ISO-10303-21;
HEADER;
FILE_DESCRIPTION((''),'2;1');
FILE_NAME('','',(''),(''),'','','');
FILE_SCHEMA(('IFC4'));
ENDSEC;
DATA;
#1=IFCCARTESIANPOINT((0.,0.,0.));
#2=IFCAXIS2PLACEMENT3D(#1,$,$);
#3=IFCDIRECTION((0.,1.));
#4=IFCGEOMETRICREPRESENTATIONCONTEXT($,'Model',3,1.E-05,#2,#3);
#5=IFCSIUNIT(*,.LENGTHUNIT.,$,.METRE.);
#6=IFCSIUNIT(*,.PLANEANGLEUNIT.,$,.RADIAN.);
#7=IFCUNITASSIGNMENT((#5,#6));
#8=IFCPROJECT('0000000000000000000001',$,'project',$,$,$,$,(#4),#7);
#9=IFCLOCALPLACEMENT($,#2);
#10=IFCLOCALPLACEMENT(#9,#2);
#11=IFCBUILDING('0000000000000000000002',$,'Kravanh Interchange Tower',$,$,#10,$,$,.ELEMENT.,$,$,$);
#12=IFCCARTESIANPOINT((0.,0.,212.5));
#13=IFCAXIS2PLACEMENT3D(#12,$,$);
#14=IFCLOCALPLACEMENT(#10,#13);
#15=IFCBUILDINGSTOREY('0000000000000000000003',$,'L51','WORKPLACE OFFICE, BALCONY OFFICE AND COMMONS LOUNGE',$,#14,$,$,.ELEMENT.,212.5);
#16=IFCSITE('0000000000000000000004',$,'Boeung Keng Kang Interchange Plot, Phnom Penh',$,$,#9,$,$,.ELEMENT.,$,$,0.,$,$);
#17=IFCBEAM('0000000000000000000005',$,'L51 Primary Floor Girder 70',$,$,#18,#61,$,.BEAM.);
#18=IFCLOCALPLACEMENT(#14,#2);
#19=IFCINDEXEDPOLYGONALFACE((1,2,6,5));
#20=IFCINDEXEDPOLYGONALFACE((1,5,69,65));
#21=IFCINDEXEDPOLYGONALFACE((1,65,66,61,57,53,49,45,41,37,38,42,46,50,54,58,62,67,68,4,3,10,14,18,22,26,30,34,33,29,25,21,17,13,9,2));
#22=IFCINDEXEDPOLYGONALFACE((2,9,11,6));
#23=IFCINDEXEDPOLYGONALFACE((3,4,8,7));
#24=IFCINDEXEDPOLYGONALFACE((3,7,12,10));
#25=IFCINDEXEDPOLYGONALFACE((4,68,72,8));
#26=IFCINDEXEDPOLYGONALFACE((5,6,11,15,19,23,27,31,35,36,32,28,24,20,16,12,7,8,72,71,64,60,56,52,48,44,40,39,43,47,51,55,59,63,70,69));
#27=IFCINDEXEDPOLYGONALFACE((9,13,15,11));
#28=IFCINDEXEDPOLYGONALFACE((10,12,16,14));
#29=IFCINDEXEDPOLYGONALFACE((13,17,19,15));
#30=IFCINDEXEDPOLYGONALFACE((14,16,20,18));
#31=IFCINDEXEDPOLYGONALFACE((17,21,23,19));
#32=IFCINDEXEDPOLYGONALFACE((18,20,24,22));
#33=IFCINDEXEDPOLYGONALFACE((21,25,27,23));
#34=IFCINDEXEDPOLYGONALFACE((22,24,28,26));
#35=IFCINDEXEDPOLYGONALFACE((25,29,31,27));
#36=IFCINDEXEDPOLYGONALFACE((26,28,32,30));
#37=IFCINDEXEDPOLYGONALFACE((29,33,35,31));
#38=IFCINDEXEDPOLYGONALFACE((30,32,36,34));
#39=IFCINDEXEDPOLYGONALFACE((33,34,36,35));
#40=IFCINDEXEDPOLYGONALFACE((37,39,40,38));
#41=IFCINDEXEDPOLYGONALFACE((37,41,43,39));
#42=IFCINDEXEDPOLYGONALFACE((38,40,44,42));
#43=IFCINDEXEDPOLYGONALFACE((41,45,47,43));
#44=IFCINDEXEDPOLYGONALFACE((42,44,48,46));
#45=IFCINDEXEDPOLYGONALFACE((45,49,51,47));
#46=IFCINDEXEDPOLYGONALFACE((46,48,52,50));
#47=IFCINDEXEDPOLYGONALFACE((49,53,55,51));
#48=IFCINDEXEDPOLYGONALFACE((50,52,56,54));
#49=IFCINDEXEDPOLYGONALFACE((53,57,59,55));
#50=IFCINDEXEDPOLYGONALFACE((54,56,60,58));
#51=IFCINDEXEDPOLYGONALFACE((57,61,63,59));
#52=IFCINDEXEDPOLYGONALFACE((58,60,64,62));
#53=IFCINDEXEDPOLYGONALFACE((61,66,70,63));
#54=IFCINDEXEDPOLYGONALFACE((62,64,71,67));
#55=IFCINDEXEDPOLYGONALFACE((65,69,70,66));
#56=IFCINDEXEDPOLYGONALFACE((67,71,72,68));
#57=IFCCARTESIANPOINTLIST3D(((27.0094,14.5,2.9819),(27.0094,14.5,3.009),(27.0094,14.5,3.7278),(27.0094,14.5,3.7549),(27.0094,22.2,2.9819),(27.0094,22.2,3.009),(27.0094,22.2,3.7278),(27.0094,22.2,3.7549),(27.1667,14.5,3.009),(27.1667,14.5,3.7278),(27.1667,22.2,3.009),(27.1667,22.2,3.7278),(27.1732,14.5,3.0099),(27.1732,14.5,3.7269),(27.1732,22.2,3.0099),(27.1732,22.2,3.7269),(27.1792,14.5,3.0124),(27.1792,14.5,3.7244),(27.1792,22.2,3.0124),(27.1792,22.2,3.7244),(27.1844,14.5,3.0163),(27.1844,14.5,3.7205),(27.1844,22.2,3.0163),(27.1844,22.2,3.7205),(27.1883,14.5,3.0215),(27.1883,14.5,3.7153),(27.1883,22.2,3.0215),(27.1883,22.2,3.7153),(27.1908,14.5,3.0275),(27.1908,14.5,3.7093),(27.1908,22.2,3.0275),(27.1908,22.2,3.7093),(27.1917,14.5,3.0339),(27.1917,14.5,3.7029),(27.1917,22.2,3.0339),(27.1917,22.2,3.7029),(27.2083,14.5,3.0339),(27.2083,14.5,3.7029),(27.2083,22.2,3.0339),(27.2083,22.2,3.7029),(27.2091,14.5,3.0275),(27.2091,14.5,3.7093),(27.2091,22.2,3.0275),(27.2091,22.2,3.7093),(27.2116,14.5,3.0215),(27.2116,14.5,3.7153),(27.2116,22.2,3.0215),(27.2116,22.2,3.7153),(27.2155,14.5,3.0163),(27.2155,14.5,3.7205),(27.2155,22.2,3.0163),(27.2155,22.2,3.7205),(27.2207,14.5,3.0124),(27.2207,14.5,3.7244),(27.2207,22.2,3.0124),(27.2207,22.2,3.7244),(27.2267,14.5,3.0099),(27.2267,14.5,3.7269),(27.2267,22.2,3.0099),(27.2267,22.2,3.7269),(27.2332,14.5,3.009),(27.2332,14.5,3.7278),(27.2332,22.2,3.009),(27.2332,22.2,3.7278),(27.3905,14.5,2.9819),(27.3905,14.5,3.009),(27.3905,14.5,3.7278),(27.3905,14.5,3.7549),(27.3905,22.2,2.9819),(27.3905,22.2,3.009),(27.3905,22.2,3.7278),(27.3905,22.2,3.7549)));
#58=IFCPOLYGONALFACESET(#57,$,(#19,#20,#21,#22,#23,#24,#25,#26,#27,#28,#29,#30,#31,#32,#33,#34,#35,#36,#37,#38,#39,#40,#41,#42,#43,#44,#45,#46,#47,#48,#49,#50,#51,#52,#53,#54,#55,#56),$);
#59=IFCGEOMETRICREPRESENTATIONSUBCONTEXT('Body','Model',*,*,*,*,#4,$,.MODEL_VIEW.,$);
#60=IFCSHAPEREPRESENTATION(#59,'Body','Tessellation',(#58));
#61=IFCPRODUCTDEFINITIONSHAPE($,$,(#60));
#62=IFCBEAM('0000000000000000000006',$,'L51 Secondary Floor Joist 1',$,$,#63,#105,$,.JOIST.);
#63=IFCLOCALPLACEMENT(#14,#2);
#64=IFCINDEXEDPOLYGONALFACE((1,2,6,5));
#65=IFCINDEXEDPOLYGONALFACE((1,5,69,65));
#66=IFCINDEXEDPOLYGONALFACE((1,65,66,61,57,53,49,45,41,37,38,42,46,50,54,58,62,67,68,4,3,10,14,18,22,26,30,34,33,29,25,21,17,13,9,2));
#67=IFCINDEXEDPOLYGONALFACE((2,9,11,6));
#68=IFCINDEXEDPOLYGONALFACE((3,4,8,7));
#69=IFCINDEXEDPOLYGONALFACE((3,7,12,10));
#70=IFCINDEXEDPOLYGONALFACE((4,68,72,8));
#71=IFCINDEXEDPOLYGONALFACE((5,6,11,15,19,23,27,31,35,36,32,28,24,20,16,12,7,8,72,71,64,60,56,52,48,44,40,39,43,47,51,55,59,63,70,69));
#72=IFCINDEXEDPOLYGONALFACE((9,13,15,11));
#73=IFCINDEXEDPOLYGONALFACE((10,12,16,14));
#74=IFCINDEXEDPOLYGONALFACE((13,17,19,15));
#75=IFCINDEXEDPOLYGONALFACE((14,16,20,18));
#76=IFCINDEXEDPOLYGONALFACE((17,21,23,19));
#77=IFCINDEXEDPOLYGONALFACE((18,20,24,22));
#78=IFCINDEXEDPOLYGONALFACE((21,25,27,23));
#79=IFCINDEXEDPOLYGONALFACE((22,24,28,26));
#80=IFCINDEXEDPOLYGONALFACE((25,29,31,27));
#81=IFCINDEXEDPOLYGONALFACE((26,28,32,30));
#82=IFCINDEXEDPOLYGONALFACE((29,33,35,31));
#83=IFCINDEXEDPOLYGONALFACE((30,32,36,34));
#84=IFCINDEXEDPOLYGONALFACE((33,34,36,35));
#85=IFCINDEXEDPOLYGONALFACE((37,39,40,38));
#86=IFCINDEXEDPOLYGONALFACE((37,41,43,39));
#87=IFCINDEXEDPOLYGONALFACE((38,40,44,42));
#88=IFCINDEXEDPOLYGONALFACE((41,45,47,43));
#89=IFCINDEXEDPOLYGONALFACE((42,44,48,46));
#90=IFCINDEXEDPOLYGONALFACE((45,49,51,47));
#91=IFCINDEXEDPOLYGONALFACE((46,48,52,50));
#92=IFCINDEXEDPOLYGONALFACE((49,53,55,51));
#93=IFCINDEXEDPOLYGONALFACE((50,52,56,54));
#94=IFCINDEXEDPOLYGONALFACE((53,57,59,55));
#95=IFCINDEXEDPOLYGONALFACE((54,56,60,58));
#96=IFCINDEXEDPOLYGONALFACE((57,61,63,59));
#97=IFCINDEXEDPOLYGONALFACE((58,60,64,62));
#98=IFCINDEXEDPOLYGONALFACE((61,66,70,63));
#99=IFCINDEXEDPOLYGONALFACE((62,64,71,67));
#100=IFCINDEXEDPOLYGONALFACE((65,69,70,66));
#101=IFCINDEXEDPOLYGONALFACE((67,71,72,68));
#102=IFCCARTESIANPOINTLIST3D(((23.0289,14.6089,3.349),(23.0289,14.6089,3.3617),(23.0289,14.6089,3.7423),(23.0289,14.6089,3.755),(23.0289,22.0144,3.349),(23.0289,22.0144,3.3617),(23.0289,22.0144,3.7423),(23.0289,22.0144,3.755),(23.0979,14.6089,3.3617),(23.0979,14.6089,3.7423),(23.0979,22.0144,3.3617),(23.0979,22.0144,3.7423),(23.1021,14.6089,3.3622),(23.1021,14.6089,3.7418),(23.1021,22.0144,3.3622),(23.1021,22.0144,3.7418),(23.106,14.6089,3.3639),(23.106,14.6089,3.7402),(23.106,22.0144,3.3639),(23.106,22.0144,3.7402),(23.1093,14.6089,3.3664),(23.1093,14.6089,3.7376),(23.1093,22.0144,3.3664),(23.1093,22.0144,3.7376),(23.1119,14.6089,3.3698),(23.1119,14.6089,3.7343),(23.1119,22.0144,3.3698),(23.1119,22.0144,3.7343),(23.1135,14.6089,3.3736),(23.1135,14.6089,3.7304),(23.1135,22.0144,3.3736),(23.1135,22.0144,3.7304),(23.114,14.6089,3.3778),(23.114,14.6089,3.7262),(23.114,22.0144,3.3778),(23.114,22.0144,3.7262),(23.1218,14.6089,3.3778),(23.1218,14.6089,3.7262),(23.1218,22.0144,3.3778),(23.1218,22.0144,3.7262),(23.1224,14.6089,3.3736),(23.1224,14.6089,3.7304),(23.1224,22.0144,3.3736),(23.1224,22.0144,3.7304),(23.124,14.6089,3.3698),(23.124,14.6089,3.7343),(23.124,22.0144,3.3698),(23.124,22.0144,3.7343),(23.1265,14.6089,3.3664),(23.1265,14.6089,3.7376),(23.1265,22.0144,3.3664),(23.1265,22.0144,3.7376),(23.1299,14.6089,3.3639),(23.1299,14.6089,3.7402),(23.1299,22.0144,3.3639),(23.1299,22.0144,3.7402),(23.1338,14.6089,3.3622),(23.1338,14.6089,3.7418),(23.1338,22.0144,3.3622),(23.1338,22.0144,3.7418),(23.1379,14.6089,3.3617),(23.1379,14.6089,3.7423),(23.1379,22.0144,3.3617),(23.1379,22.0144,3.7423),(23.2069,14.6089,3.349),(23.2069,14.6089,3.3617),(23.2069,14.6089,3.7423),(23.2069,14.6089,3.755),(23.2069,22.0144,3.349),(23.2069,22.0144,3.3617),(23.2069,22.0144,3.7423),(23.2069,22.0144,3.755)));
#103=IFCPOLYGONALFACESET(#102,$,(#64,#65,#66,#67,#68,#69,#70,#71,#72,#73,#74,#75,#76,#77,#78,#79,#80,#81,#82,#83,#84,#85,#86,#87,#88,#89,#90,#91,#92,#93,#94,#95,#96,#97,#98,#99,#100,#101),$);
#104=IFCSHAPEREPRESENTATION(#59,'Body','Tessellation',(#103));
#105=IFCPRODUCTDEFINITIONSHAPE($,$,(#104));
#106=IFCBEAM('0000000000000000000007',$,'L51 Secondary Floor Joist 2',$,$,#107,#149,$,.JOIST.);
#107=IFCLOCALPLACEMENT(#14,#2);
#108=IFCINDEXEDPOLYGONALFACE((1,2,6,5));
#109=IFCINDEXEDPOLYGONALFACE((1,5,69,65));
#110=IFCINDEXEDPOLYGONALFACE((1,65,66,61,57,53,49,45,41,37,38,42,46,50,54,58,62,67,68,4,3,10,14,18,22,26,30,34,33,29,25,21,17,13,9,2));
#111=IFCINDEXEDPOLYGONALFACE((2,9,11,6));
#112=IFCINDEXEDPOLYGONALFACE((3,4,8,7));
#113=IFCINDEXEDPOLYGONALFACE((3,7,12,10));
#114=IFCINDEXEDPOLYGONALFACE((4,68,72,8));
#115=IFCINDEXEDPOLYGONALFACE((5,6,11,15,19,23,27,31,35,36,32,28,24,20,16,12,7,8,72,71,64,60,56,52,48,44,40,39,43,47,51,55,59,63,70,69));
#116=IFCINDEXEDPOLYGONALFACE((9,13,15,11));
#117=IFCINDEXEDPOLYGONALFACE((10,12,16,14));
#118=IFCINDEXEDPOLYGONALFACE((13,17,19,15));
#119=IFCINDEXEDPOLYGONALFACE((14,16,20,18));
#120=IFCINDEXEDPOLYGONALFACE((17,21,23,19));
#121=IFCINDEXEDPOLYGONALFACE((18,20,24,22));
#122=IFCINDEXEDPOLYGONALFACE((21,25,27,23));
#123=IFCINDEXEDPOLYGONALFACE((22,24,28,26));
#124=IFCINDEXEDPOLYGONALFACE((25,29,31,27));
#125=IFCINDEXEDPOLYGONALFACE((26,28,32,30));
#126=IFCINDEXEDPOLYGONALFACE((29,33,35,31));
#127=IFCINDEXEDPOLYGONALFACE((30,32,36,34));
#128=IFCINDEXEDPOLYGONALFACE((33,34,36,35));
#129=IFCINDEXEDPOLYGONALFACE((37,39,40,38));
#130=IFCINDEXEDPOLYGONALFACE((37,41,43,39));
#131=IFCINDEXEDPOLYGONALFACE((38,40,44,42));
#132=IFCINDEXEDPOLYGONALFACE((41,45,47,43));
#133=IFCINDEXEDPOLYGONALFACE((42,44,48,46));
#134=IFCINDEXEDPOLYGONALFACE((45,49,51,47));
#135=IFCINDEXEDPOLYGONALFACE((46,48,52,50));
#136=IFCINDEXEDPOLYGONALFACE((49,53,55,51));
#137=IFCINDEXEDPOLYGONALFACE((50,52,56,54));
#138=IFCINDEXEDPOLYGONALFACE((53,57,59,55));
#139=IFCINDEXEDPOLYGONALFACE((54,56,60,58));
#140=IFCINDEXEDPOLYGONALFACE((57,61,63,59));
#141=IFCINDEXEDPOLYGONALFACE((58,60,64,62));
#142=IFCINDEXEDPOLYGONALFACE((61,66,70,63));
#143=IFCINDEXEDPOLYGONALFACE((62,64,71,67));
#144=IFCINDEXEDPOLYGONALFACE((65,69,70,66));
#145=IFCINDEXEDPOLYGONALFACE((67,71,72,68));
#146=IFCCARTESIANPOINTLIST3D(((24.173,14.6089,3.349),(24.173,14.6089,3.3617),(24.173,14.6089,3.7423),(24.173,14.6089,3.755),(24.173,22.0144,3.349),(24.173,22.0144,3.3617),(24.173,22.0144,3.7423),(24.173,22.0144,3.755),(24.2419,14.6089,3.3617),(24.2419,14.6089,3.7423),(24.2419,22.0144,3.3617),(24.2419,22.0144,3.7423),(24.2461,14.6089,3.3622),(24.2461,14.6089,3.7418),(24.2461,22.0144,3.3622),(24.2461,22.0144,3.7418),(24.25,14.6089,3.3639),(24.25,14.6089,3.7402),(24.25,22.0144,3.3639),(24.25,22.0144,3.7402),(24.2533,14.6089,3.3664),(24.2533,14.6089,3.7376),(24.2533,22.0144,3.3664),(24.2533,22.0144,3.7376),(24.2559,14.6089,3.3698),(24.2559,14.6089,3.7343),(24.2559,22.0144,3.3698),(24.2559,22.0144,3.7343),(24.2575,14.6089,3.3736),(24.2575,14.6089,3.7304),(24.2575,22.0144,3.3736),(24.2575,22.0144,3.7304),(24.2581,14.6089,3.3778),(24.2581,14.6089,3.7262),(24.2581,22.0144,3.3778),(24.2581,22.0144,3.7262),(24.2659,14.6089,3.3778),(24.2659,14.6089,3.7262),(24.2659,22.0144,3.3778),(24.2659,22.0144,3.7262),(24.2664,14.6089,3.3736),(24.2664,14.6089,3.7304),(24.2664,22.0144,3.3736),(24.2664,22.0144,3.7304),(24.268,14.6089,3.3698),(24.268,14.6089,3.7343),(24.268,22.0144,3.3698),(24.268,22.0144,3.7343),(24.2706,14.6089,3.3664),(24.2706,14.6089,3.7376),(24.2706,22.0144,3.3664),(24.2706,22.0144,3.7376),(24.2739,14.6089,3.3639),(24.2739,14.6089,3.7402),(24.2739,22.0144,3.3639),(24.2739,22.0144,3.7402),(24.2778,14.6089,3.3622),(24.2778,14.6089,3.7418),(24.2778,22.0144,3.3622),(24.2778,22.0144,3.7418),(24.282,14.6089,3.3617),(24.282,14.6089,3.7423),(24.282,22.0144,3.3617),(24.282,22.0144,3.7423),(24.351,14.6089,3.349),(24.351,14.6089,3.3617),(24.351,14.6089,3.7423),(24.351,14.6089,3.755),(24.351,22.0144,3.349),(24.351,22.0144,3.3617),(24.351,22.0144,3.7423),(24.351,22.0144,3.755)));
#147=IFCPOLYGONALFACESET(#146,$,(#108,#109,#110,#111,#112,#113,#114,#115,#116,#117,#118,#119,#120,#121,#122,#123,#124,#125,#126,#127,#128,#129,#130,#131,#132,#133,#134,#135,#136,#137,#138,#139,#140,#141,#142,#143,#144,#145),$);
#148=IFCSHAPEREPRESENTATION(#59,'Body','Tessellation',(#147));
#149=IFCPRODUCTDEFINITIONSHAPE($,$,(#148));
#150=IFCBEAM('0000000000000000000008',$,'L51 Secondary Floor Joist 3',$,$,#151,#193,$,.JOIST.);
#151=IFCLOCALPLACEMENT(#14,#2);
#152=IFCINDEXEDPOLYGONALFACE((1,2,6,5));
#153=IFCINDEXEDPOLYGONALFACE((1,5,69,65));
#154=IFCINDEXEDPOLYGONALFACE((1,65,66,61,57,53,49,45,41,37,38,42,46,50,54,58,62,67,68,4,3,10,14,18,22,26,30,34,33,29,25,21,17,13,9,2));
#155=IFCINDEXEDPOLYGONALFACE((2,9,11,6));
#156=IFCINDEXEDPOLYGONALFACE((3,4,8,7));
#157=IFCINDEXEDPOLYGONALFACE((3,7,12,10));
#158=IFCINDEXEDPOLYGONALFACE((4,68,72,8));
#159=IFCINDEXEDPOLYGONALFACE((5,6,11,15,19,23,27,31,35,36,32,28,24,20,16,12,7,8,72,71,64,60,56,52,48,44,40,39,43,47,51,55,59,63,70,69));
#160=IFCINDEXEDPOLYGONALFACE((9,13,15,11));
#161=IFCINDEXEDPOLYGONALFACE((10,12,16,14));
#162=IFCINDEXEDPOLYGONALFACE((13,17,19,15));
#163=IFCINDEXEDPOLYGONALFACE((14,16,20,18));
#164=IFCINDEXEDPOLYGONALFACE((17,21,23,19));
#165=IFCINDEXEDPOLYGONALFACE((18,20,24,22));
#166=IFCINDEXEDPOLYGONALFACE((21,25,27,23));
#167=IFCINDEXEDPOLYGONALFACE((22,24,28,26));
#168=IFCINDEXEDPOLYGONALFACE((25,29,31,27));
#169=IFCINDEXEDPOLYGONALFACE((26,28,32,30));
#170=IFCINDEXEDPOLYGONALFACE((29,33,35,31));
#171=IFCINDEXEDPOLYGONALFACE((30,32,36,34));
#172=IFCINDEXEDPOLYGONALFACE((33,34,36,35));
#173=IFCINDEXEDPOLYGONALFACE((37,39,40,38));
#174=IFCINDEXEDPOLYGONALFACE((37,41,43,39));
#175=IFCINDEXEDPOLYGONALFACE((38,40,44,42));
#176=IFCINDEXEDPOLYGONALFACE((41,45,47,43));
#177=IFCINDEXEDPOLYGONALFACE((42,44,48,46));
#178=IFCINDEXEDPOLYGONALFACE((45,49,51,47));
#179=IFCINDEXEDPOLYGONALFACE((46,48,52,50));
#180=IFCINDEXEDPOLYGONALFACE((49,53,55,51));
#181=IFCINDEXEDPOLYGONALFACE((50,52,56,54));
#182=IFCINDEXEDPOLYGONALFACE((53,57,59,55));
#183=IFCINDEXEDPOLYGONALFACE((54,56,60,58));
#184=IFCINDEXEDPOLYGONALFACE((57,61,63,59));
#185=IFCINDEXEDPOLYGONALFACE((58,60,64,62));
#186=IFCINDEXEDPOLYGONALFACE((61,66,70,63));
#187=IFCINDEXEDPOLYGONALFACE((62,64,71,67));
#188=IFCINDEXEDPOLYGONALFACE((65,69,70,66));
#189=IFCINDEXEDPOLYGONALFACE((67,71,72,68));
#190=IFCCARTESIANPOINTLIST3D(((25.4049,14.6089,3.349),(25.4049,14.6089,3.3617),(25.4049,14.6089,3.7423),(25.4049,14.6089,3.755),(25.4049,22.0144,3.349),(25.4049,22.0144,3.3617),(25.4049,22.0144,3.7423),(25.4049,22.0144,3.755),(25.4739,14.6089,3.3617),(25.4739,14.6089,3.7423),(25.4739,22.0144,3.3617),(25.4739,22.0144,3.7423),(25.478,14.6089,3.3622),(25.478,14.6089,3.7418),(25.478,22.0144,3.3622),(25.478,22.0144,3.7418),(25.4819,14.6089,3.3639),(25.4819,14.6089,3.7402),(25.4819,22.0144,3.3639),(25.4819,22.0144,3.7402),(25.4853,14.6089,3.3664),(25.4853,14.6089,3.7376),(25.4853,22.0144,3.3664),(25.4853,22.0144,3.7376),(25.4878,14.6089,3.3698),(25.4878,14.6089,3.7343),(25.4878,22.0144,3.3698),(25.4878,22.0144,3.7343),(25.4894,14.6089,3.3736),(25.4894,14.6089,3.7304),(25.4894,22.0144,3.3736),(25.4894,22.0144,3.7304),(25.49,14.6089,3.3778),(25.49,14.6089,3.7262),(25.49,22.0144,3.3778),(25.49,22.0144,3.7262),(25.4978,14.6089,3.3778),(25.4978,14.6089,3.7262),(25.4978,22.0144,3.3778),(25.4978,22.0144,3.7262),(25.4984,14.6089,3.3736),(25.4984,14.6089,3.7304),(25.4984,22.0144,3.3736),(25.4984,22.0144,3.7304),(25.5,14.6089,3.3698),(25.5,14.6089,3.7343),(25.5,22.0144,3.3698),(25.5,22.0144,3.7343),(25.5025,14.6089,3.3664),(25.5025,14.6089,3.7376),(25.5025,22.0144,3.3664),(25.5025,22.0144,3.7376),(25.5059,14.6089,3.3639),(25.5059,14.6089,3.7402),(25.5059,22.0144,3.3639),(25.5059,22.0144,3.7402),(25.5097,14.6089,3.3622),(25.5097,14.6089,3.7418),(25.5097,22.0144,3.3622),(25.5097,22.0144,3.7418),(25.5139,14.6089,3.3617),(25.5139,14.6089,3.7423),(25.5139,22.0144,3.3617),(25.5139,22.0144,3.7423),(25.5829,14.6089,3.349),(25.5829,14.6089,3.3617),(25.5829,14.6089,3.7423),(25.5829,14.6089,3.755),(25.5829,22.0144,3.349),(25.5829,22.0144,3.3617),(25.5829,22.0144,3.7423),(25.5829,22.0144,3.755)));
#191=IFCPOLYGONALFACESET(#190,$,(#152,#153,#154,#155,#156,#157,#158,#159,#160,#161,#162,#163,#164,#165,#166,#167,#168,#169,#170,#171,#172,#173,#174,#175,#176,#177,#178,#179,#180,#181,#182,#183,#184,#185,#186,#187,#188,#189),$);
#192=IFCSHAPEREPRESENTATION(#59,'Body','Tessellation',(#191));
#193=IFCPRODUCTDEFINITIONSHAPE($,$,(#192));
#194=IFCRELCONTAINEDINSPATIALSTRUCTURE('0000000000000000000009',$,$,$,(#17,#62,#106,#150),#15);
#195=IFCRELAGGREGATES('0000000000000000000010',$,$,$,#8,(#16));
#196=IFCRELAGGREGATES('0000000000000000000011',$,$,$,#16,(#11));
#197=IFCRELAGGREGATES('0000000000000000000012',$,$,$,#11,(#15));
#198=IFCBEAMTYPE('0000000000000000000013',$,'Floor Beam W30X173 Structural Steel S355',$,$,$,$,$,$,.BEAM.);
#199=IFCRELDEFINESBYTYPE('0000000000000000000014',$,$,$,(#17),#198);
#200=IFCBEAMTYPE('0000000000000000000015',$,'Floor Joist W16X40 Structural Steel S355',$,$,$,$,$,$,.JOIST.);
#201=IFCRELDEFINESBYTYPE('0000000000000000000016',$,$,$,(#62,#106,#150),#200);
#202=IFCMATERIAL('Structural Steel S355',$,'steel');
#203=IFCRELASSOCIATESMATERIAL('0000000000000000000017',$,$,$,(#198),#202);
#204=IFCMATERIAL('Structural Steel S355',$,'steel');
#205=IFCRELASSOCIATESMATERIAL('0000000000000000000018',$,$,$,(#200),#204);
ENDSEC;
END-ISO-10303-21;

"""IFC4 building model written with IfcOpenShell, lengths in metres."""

from ifc_helpers import new_model, si_unit, direction, frame, origin, origin_2d, place, context, subcontext, project, spatial, i_section, extrude, material, material_profile, profile_set, type_object, element, save


model = new_model("IFC4")

# Units and contexts
model_context = context("Model", 3, precision=1e-05, world=origin(), true_north=direction((0.0, 1.0)))
body_context = subcontext(model_context, "Body", "Model", "MODEL_VIEW")
ifc_project = project(units=[si_unit("LENGTHUNIT", "METRE"), si_unit("PLANEANGLEUNIT", "RADIAN")], contexts=[model_context])

# Site, building, storey
site_placement = place(None, origin())
site = spatial("IfcSite", under=ifc_project, at=site_placement, Name="Boeung Keng Kang Interchange Plot, Phnom Penh", CompositionType="ELEMENT", RefElevation=0.0)
building_placement = place(site_placement, origin())
building = spatial("IfcBuilding", under=site, at=building_placement, Name="Kravanh Interchange Tower", CompositionType="ELEMENT")
storey_placement = place(building_placement, frame((0.0, 0.0, 212.5)))
storey = spatial("IfcBuildingStorey", under=building, at=storey_placement, Name="L51", Description="WORKPLACE OFFICE, BALCONY OFFICE AND COMMONS LOUNGE", CompositionType="ELEMENT", Elevation=212.5)

# Beams
ifc_material_1 = material(Name="Structural Steel S355", Category="steel")
ifc_material_profile_1 = material_profile(ifc_material_1, i_section(OverallWidth=0.3811, OverallDepth=0.7729, WebThickness=0.0166, FlangeThickness=0.0271, FilletRadius=0.0249, at=origin_2d()), Name="W30X173")
ifc_profile_set_1 = profile_set([ifc_material_profile_1], Name="Structural Steel S355")
beam_type_1 = type_object("IfcBeamType", Name="Floor Beam W30X173 Structural Steel S355", PredefinedType="BEAM", material=ifc_profile_set_1)
beam_1_placement = place(storey_placement, frame((27.2, 14.5, 3.3684), z_axis=(0.0, 1.0, 0.0), x_axis=(-1.0, 0.0, 0.0)))
element("IfcBeam", 1, at=beam_1_placement, inside=storey, type_object=beam_type_1, Name="L51 Primary Floor Girder 70", PredefinedType="BEAM", context=body_context, shape_type="SweptSolid", body=[
    extrude(i_section(OverallWidth=0.3811, OverallDepth=0.7729, WebThickness=0.0166, FlangeThickness=0.0271, FilletRadius=0.0249, at=origin_2d()), origin(), (0.0, 0.0, 1.0), 7.7),
])
ifc_material_2 = material(Name="Structural Steel S355", Category="steel")
ifc_material_profile_2 = material_profile(ifc_material_2, i_section(OverallWidth=0.178, OverallDepth=0.406, WebThickness=0.0078, FlangeThickness=0.0127, FilletRadius=0.0161, at=origin_2d()), Name="W16X40")
ifc_profile_set_2 = profile_set([ifc_material_profile_2], Name="Structural Steel S355")
beam_type_2 = type_object("IfcBeamType", Name="Floor Joist W16X40 Structural Steel S355", PredefinedType="JOIST", material=ifc_profile_set_2)
for number, where, z_axis, x_axis, name in (
    (2, (23.1179, 14.6089, 3.552), (0.0, 1.0, 0.0), (-1.0, 0.0, 0.0), "L51 Secondary Floor Joist 1"),
    (3, (24.262, 14.6089, 3.552), (0.0, 1.0, 0.0), (-1.0, 0.0, 0.0), "L51 Secondary Floor Joist 2"),
    (4, (25.4939, 14.6089, 3.552), (0.0, 1.0, 0.0), (-1.0, 0.0, 0.0), "L51 Secondary Floor Joist 3"),
):
    element("IfcBeam", number, at=place(storey_placement, frame(where, z_axis=z_axis, x_axis=x_axis)), inside=storey, type_object=beam_type_2, Name=name, PredefinedType="JOIST", context=body_context, shape_type="SweptSolid", body=[
        extrude(i_section(OverallWidth=0.178, OverallDepth=0.406, WebThickness=0.0078, FlangeThickness=0.0127, FilletRadius=0.0161, at=origin_2d()), origin(), (0.0, 0.0, 1.0), 7.4055),
    ])

save(model, "model.ifc")
